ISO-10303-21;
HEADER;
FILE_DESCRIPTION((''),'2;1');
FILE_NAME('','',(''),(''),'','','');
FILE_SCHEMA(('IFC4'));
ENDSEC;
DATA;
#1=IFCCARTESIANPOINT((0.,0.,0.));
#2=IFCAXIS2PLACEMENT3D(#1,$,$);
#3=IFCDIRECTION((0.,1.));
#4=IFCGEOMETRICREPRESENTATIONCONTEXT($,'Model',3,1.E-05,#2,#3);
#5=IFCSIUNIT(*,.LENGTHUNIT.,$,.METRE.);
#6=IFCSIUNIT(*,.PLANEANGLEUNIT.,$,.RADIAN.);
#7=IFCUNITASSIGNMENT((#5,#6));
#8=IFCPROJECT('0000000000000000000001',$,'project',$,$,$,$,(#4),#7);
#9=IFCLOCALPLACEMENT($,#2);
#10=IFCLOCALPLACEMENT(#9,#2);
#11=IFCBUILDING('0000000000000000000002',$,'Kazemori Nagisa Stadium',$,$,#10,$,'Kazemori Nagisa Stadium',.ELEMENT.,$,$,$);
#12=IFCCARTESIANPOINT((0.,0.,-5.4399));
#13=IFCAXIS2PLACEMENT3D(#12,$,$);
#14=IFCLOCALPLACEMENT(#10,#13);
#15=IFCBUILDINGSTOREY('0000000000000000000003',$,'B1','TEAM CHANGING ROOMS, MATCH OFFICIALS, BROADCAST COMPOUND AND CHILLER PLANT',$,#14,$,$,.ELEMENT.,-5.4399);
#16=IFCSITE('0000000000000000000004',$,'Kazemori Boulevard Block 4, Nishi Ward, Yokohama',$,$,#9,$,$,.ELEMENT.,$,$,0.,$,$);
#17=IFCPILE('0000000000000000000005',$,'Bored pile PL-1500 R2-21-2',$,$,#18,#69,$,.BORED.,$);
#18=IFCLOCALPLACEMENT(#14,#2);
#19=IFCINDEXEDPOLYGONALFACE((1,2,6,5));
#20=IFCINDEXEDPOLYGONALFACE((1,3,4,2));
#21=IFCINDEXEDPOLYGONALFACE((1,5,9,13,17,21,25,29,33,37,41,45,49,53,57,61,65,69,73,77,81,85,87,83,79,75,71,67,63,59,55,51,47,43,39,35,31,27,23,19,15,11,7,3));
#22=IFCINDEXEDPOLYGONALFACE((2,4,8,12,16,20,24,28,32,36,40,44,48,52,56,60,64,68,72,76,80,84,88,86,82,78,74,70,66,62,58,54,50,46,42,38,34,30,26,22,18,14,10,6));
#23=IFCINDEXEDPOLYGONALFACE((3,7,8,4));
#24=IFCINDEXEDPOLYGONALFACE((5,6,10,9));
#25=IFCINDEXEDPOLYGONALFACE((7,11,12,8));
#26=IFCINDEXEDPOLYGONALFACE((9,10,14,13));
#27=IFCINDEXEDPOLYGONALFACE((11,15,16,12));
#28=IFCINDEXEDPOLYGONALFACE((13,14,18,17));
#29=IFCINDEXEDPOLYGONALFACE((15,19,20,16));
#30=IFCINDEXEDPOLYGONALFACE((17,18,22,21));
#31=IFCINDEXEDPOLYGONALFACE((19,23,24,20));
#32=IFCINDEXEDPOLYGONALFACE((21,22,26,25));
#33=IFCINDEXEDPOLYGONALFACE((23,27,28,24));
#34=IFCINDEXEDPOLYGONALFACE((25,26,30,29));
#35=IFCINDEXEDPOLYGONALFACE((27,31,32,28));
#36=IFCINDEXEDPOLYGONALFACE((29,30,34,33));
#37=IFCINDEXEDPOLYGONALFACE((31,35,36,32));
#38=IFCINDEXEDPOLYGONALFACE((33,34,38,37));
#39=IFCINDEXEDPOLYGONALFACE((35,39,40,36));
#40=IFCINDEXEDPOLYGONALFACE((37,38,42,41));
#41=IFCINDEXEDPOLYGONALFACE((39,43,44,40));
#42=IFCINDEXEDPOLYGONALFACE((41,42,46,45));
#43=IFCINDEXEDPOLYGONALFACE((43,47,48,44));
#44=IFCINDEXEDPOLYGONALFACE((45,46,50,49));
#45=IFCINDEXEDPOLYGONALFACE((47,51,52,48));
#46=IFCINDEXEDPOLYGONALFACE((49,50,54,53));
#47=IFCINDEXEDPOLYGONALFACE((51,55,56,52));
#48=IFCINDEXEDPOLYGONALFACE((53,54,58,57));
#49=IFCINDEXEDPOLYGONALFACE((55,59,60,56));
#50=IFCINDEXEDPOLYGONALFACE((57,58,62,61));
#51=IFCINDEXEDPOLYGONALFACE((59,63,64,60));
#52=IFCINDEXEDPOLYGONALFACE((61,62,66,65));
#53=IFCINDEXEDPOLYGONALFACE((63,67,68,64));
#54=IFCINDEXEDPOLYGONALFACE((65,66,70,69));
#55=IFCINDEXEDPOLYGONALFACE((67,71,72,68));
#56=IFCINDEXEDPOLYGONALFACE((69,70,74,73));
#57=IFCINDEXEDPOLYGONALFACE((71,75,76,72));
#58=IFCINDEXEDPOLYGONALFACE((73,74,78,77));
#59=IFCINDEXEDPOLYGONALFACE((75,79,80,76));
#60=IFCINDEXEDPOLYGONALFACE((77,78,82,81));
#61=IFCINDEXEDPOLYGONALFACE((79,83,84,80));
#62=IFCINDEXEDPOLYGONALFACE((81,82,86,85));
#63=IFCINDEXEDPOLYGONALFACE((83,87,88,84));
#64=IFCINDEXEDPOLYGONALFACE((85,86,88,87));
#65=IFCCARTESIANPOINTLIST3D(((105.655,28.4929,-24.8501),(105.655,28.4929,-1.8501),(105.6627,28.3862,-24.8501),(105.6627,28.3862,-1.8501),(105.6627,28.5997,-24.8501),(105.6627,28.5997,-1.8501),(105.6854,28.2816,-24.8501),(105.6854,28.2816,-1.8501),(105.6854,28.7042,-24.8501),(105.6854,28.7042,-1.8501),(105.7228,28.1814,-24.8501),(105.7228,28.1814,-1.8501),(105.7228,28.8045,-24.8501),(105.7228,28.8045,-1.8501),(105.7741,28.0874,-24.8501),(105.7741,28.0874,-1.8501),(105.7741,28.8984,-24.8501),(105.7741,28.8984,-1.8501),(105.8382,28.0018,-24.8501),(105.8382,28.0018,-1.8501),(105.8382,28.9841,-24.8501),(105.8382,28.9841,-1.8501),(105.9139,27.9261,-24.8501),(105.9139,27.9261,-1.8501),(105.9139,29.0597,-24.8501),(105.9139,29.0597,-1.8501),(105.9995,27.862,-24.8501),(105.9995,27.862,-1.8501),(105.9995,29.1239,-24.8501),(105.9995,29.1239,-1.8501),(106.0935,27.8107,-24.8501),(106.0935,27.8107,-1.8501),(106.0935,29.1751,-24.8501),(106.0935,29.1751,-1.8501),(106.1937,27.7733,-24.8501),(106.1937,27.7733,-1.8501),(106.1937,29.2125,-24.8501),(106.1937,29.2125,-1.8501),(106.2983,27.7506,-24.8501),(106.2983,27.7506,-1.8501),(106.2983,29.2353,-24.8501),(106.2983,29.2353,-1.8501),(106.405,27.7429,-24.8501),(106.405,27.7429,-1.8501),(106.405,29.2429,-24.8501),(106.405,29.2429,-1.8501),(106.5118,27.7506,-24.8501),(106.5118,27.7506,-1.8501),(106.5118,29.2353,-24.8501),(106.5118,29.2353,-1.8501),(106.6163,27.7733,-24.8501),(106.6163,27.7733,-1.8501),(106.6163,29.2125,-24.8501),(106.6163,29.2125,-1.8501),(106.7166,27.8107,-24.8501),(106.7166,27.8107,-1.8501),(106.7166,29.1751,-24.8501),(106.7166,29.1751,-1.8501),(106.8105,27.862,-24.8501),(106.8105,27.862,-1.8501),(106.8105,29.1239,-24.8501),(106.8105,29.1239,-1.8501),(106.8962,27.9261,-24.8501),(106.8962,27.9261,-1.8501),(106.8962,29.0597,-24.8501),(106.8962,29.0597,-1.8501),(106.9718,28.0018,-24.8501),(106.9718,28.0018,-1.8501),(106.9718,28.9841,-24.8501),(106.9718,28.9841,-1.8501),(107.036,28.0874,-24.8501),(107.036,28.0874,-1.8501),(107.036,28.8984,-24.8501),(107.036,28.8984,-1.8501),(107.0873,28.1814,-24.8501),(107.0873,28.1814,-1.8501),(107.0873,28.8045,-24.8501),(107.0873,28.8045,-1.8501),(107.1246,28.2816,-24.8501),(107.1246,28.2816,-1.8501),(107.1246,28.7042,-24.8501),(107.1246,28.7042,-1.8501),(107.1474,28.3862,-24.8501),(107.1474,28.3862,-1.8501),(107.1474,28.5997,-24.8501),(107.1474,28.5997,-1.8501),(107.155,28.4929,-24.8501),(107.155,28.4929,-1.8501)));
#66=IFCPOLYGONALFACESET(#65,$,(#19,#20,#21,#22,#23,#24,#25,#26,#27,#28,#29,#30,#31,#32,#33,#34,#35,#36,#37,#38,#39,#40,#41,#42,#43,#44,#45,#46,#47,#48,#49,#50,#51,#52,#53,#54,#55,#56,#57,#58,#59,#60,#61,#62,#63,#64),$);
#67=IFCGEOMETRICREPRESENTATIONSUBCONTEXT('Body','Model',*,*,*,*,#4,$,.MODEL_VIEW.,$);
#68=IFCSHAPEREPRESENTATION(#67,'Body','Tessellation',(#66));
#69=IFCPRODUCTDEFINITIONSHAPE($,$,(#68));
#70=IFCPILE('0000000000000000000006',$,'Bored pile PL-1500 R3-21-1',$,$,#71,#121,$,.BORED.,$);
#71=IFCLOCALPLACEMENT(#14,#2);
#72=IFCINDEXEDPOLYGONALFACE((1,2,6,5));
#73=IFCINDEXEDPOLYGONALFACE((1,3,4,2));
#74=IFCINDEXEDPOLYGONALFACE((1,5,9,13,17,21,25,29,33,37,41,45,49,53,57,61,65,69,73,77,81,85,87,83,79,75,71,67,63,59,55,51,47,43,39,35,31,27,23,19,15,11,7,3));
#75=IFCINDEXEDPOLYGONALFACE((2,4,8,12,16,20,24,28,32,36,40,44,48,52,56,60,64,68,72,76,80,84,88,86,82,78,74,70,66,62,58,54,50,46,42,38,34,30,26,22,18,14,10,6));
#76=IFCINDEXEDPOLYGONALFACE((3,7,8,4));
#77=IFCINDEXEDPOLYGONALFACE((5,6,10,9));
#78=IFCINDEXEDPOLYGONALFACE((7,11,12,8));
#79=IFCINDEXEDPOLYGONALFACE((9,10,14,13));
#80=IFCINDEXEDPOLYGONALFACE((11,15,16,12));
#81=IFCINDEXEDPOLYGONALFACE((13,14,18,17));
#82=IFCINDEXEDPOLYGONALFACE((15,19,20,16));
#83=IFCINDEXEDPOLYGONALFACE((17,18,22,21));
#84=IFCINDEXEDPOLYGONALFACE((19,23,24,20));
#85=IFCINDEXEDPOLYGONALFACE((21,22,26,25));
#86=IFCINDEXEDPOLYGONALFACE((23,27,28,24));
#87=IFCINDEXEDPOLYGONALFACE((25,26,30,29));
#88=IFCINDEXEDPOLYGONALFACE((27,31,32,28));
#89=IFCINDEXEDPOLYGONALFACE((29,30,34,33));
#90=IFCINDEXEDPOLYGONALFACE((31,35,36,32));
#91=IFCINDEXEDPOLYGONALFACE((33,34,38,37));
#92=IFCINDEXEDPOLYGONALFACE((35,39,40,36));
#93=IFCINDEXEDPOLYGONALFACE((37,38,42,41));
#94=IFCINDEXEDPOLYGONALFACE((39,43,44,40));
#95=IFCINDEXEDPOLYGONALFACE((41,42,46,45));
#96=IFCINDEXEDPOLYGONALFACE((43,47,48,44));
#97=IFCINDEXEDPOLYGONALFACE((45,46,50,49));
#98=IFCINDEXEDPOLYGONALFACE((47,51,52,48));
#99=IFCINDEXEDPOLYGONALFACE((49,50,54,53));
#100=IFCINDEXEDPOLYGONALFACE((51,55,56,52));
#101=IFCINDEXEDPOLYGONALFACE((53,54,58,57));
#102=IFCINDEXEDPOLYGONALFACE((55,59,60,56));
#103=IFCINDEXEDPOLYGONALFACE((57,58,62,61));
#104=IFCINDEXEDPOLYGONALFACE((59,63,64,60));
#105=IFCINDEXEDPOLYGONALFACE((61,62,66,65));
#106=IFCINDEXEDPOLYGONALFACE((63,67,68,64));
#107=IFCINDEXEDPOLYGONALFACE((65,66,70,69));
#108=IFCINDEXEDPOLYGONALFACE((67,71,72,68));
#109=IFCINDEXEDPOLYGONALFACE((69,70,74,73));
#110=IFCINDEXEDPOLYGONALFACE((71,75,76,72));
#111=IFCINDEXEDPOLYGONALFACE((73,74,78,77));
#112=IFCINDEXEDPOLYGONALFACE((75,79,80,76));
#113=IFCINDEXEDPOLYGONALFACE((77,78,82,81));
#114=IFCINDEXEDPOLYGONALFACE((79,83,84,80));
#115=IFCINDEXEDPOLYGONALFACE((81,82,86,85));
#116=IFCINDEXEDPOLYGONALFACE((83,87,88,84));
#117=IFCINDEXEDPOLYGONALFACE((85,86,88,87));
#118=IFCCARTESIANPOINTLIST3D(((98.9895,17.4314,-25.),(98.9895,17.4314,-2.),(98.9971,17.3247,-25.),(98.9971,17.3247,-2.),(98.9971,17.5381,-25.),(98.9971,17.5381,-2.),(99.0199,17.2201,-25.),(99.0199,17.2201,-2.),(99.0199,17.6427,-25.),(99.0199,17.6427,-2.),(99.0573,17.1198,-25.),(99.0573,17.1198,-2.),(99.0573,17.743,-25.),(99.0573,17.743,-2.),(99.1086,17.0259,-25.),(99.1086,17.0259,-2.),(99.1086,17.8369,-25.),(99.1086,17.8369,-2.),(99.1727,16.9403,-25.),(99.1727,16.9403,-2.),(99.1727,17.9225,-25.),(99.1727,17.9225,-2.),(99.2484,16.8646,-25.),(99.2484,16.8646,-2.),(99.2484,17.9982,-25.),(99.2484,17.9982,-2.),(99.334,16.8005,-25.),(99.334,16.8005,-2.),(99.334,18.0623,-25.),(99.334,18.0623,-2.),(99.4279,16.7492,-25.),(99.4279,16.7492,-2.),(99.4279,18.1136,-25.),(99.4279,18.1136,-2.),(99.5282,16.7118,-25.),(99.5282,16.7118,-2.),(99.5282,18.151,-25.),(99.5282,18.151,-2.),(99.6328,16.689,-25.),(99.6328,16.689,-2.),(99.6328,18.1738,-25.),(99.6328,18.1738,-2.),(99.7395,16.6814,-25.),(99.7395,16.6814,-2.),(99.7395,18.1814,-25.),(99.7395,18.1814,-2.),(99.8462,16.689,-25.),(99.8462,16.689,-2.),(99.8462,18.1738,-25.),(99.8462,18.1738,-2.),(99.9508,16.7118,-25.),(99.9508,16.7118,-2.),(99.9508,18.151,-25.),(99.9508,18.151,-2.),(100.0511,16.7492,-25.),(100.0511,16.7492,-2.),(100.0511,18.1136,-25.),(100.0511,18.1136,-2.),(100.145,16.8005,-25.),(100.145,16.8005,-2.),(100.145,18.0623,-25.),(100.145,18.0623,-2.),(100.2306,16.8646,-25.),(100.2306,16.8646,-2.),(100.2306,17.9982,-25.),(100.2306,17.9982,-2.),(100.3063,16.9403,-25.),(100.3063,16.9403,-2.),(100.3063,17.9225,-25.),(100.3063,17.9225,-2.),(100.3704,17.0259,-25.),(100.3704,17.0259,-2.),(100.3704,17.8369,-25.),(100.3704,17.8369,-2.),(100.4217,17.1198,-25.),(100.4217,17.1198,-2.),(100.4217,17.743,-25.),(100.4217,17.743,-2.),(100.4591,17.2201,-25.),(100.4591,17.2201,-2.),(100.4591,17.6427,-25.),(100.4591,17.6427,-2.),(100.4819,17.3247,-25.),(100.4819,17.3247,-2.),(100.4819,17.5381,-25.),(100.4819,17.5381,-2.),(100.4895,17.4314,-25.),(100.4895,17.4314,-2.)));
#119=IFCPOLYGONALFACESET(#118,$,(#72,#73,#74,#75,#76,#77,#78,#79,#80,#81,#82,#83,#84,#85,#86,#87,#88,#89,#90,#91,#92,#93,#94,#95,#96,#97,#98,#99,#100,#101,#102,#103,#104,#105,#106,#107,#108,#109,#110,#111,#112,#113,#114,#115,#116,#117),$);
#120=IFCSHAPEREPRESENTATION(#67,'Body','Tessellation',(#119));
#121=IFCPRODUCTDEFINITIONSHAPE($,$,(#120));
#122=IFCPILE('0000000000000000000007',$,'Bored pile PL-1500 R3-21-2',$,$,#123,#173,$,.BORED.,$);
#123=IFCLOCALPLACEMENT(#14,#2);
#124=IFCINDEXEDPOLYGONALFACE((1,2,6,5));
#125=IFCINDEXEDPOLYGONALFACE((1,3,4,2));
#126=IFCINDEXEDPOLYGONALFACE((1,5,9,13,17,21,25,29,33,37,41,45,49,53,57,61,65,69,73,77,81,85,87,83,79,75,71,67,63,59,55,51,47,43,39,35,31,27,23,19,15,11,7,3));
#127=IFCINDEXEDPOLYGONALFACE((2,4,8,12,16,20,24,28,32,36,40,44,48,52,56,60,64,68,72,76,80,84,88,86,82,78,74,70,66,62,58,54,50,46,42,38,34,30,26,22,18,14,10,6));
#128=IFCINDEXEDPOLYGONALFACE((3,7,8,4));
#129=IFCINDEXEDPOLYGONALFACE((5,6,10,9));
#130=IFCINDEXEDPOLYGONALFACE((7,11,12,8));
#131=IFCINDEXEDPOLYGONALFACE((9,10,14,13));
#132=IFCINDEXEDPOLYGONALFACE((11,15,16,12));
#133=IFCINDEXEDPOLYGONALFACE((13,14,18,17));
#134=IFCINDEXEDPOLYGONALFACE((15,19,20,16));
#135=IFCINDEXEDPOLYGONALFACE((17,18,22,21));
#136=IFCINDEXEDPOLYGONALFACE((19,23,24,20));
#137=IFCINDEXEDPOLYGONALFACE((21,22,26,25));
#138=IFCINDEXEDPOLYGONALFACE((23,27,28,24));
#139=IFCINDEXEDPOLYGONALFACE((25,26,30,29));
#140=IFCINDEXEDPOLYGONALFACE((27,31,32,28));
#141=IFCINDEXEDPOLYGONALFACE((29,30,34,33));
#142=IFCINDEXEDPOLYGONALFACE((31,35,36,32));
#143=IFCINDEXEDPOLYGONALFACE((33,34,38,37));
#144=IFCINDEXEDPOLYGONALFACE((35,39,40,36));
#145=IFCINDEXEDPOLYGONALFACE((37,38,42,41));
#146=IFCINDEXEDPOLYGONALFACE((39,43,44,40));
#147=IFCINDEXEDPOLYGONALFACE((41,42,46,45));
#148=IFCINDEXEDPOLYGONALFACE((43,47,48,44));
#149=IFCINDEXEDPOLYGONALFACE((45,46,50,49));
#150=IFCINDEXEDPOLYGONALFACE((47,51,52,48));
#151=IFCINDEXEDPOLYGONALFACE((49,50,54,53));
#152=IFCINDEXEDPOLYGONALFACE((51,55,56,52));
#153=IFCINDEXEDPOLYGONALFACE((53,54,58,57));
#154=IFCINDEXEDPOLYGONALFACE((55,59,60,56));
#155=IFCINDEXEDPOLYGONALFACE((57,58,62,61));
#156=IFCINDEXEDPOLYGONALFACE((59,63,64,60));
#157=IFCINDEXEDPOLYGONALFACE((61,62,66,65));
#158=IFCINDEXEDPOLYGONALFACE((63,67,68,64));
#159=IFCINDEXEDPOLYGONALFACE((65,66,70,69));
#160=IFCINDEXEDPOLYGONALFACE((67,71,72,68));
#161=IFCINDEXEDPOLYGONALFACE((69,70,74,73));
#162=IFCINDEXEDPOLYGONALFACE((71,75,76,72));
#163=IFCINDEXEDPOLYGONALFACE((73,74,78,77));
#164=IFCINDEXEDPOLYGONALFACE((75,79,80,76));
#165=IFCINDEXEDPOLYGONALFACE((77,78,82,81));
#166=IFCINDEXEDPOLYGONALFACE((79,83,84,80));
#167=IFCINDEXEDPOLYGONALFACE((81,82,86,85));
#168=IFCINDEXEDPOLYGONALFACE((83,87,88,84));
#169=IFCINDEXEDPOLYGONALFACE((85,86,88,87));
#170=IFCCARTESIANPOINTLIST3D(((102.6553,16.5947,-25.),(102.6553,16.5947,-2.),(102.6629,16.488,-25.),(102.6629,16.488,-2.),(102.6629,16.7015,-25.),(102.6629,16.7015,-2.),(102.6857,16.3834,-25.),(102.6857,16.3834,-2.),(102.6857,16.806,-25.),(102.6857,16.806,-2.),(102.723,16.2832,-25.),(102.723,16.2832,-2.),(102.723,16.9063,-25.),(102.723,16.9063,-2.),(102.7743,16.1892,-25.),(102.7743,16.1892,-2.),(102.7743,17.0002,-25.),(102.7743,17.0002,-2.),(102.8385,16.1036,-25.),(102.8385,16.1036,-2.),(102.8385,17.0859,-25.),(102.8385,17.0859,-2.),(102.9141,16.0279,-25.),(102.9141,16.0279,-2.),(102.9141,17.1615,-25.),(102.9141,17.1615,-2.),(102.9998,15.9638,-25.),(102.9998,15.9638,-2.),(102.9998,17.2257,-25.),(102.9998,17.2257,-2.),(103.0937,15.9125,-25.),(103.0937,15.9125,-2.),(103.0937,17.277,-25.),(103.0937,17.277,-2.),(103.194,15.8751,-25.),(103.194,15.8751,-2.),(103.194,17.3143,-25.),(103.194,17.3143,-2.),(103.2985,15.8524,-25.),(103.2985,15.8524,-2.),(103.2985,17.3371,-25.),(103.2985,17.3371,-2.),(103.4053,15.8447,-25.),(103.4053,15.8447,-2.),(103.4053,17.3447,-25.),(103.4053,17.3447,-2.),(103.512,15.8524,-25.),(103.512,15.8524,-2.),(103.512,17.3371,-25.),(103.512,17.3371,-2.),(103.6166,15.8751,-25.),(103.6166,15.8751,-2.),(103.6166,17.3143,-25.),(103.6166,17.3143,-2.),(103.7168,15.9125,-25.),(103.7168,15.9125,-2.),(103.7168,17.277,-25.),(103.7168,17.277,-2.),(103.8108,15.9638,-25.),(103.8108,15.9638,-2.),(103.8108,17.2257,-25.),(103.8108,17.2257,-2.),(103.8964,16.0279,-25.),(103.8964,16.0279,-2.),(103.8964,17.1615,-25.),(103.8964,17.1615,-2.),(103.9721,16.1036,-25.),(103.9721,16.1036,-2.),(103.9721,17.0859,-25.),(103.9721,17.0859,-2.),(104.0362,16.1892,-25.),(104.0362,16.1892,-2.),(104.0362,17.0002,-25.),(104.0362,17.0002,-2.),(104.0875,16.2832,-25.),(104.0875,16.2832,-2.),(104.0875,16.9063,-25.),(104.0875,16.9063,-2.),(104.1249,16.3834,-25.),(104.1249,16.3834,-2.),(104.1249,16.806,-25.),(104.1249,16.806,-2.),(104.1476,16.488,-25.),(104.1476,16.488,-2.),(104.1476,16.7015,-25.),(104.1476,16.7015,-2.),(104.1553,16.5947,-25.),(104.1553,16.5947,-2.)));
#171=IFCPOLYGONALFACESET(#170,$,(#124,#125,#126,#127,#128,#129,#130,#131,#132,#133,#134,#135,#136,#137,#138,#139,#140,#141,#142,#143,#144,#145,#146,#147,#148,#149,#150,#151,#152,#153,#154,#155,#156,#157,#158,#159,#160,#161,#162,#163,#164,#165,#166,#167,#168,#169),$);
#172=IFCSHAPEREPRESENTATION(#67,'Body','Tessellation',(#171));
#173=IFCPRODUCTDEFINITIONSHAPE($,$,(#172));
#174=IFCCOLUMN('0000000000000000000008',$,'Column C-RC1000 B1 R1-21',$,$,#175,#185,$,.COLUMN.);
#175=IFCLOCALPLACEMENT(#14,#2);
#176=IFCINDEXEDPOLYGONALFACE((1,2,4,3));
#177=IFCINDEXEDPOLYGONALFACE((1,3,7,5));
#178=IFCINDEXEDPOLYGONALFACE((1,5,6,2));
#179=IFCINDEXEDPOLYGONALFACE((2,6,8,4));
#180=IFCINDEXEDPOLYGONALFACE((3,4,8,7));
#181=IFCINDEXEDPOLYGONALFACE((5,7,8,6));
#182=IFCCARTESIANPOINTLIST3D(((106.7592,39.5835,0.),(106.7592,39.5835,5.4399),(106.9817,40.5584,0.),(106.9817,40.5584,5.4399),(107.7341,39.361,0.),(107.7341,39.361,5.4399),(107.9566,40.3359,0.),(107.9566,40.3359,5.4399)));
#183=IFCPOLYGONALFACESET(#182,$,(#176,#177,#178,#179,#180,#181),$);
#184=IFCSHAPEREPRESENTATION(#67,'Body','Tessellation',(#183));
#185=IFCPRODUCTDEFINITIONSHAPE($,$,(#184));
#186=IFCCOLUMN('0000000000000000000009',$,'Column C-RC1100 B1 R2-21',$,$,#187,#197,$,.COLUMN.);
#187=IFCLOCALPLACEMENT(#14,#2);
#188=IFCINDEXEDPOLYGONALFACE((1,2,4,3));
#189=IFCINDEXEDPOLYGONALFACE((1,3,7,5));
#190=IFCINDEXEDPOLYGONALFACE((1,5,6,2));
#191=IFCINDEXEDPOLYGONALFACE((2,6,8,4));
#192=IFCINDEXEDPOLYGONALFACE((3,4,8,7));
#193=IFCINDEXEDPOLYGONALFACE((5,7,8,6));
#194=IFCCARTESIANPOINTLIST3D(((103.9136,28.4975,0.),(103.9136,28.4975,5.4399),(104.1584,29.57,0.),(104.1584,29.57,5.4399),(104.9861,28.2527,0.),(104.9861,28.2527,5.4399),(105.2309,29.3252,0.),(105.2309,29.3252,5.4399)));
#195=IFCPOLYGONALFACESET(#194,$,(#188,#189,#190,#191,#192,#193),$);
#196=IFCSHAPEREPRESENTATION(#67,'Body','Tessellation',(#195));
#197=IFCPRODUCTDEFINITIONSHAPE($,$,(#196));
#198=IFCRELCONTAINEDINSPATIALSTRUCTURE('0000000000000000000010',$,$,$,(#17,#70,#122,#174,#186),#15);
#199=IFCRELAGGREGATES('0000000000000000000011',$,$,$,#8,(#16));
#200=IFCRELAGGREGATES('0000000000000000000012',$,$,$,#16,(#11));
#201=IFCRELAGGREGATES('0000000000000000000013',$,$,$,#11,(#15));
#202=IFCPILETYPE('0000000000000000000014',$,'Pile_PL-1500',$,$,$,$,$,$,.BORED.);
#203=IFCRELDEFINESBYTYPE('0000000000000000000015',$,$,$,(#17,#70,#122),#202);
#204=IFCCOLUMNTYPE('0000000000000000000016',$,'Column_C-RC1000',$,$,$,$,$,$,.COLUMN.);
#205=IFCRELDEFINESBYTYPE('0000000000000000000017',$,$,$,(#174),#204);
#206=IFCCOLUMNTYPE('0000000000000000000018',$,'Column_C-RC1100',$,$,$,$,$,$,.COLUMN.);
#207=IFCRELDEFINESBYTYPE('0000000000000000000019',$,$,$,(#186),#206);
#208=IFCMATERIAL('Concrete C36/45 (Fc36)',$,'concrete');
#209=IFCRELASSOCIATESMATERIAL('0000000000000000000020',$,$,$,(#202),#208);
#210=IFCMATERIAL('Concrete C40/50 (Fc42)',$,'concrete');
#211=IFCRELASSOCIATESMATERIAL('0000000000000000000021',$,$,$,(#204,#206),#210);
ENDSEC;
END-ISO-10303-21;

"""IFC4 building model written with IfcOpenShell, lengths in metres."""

from ifc_helpers import new_model, si_unit, direction, frame, origin, origin_2d, place, context, subcontext, project, spatial, rectangle, circle, extrude, material, material_profile, profile_set, type_object, element, save


model = new_model("IFC4")

# Units and contexts
model_context = context("Model", 3, precision=1e-05, world=origin(), true_north=direction((0.0, 1.0)))
body_context = subcontext(model_context, "Body", "Model", "MODEL_VIEW")
ifc_project = project(units=[si_unit("LENGTHUNIT", "METRE"), si_unit("PLANEANGLEUNIT", "RADIAN")], contexts=[model_context])

# Site, building, storey
site_placement = place(None, origin())
site = spatial("IfcSite", under=ifc_project, at=site_placement, Name="Kazemori Boulevard Block 4, Nishi Ward, Yokohama", CompositionType="ELEMENT", RefElevation=0.0)
building_placement = place(site_placement, origin())
building = spatial("IfcBuilding", under=site, at=building_placement, Name="Kazemori Nagisa Stadium", LongName="Kazemori Nagisa Stadium", CompositionType="ELEMENT")
storey_placement = place(building_placement, frame((0.0, 0.0, -5.4399)))
storey = spatial("IfcBuildingStorey", under=building, at=storey_placement, Name="B1", Description="TEAM CHANGING ROOMS, MATCH OFFICIALS, BROADCAST COMPOUND AND CHILLER PLANT", CompositionType="ELEMENT", Elevation=-5.4399)

# Shared definitions
ifc_material_1 = material(Name="Concrete C40/50 (Fc42)", Category="concrete")

# Piles
ifc_material_2 = material(Name="Concrete C36/45 (Fc36)", Category="concrete")
ifc_material_profile_1 = material_profile(ifc_material_2, circle(Radius=0.75, at=origin_2d()), Name="PILE-D1500")
ifc_profile_set_1 = profile_set([ifc_material_profile_1], Name="Concrete C36/45 (Fc36)")
pile_type_1 = type_object("IfcPileType", Name="Pile_PL-1500", PredefinedType="BORED", material=ifc_profile_set_1)
for number, where, z_axis, x_axis, name in (
    (1, (106.405, 28.4929, -1.8501), (0.0, 0.0, -1.0), (1.0, 0.0, 0.0), "Bored pile PL-1500 R2-21-2"),
    (2, (99.7395, 17.4314, -2.0), (0.0, 0.0, -1.0), (1.0, 0.0, 0.0), "Bored pile PL-1500 R3-21-1"),
    (3, (103.4053, 16.5947, -2.0), (0.0, 0.0, -1.0), (1.0, 0.0, 0.0), "Bored pile PL-1500 R3-21-2"),
):
    element("IfcPile", number, at=place(storey_placement, frame(where, z_axis=z_axis, x_axis=x_axis)), inside=storey, type_object=pile_type_1, Name=name, PredefinedType="BORED", context=body_context, shape_type="SweptSolid", body=[
        extrude(circle(Radius=0.75, at=origin_2d()), origin(), (0.0, 0.0, 1.0), 23.0),
    ])

# Columns
ifc_material_profile_2 = material_profile(ifc_material_1, rectangle(XDim=1.0, YDim=1.0, at=origin_2d()), Name="RC-COL-1000x1000")
ifc_profile_set_2 = profile_set([ifc_material_profile_2], Name="Concrete C40/50 (Fc42)")
column_type_1 = type_object("IfcColumnType", Name="Column_C-RC1000", PredefinedType="COLUMN", material=ifc_profile_set_2)
column_1_placement = place(storey_placement, frame((107.3579, 39.9597, 0.0), z_axis=(0.0, 0.0, 1.0), x_axis=(-0.222521, -0.974928, 0.0)))
element("IfcColumn", 4, at=column_1_placement, inside=storey, type_object=column_type_1, Name="Column C-RC1000 B1 R1-21", PredefinedType="COLUMN", context=body_context, shape_type="SweptSolid", body=[
    extrude(rectangle(XDim=1.0, YDim=1.0, at=origin_2d()), origin(), (0.0, 0.0, 1.0), 5.4399),
])
ifc_material_profile_3 = material_profile(ifc_material_1, rectangle(XDim=1.1001, YDim=1.1001, at=origin_2d()), Name="RC-COL-1100x1100")
ifc_profile_set_3 = profile_set([ifc_material_profile_3], Name="Concrete C40/50 (Fc42)")
column_type_2 = type_object("IfcColumnType", Name="Column_C-RC1100", PredefinedType="COLUMN", material=ifc_profile_set_3)
column_2_placement = place(storey_placement, frame((104.5723, 28.9114, 0.0), z_axis=(0.0, 0.0, 1.0), x_axis=(-0.222521, -0.974928, 0.0)))
element("IfcColumn", 5, at=column_2_placement, inside=storey, type_object=column_type_2, Name="Column C-RC1100 B1 R2-21", PredefinedType="COLUMN", context=body_context, shape_type="SweptSolid", body=[
    extrude(rectangle(XDim=1.1001, YDim=1.1001, at=origin_2d()), origin(), (0.0, 0.0, 1.0), 5.4399),
])

save(model, "model.ifc")
